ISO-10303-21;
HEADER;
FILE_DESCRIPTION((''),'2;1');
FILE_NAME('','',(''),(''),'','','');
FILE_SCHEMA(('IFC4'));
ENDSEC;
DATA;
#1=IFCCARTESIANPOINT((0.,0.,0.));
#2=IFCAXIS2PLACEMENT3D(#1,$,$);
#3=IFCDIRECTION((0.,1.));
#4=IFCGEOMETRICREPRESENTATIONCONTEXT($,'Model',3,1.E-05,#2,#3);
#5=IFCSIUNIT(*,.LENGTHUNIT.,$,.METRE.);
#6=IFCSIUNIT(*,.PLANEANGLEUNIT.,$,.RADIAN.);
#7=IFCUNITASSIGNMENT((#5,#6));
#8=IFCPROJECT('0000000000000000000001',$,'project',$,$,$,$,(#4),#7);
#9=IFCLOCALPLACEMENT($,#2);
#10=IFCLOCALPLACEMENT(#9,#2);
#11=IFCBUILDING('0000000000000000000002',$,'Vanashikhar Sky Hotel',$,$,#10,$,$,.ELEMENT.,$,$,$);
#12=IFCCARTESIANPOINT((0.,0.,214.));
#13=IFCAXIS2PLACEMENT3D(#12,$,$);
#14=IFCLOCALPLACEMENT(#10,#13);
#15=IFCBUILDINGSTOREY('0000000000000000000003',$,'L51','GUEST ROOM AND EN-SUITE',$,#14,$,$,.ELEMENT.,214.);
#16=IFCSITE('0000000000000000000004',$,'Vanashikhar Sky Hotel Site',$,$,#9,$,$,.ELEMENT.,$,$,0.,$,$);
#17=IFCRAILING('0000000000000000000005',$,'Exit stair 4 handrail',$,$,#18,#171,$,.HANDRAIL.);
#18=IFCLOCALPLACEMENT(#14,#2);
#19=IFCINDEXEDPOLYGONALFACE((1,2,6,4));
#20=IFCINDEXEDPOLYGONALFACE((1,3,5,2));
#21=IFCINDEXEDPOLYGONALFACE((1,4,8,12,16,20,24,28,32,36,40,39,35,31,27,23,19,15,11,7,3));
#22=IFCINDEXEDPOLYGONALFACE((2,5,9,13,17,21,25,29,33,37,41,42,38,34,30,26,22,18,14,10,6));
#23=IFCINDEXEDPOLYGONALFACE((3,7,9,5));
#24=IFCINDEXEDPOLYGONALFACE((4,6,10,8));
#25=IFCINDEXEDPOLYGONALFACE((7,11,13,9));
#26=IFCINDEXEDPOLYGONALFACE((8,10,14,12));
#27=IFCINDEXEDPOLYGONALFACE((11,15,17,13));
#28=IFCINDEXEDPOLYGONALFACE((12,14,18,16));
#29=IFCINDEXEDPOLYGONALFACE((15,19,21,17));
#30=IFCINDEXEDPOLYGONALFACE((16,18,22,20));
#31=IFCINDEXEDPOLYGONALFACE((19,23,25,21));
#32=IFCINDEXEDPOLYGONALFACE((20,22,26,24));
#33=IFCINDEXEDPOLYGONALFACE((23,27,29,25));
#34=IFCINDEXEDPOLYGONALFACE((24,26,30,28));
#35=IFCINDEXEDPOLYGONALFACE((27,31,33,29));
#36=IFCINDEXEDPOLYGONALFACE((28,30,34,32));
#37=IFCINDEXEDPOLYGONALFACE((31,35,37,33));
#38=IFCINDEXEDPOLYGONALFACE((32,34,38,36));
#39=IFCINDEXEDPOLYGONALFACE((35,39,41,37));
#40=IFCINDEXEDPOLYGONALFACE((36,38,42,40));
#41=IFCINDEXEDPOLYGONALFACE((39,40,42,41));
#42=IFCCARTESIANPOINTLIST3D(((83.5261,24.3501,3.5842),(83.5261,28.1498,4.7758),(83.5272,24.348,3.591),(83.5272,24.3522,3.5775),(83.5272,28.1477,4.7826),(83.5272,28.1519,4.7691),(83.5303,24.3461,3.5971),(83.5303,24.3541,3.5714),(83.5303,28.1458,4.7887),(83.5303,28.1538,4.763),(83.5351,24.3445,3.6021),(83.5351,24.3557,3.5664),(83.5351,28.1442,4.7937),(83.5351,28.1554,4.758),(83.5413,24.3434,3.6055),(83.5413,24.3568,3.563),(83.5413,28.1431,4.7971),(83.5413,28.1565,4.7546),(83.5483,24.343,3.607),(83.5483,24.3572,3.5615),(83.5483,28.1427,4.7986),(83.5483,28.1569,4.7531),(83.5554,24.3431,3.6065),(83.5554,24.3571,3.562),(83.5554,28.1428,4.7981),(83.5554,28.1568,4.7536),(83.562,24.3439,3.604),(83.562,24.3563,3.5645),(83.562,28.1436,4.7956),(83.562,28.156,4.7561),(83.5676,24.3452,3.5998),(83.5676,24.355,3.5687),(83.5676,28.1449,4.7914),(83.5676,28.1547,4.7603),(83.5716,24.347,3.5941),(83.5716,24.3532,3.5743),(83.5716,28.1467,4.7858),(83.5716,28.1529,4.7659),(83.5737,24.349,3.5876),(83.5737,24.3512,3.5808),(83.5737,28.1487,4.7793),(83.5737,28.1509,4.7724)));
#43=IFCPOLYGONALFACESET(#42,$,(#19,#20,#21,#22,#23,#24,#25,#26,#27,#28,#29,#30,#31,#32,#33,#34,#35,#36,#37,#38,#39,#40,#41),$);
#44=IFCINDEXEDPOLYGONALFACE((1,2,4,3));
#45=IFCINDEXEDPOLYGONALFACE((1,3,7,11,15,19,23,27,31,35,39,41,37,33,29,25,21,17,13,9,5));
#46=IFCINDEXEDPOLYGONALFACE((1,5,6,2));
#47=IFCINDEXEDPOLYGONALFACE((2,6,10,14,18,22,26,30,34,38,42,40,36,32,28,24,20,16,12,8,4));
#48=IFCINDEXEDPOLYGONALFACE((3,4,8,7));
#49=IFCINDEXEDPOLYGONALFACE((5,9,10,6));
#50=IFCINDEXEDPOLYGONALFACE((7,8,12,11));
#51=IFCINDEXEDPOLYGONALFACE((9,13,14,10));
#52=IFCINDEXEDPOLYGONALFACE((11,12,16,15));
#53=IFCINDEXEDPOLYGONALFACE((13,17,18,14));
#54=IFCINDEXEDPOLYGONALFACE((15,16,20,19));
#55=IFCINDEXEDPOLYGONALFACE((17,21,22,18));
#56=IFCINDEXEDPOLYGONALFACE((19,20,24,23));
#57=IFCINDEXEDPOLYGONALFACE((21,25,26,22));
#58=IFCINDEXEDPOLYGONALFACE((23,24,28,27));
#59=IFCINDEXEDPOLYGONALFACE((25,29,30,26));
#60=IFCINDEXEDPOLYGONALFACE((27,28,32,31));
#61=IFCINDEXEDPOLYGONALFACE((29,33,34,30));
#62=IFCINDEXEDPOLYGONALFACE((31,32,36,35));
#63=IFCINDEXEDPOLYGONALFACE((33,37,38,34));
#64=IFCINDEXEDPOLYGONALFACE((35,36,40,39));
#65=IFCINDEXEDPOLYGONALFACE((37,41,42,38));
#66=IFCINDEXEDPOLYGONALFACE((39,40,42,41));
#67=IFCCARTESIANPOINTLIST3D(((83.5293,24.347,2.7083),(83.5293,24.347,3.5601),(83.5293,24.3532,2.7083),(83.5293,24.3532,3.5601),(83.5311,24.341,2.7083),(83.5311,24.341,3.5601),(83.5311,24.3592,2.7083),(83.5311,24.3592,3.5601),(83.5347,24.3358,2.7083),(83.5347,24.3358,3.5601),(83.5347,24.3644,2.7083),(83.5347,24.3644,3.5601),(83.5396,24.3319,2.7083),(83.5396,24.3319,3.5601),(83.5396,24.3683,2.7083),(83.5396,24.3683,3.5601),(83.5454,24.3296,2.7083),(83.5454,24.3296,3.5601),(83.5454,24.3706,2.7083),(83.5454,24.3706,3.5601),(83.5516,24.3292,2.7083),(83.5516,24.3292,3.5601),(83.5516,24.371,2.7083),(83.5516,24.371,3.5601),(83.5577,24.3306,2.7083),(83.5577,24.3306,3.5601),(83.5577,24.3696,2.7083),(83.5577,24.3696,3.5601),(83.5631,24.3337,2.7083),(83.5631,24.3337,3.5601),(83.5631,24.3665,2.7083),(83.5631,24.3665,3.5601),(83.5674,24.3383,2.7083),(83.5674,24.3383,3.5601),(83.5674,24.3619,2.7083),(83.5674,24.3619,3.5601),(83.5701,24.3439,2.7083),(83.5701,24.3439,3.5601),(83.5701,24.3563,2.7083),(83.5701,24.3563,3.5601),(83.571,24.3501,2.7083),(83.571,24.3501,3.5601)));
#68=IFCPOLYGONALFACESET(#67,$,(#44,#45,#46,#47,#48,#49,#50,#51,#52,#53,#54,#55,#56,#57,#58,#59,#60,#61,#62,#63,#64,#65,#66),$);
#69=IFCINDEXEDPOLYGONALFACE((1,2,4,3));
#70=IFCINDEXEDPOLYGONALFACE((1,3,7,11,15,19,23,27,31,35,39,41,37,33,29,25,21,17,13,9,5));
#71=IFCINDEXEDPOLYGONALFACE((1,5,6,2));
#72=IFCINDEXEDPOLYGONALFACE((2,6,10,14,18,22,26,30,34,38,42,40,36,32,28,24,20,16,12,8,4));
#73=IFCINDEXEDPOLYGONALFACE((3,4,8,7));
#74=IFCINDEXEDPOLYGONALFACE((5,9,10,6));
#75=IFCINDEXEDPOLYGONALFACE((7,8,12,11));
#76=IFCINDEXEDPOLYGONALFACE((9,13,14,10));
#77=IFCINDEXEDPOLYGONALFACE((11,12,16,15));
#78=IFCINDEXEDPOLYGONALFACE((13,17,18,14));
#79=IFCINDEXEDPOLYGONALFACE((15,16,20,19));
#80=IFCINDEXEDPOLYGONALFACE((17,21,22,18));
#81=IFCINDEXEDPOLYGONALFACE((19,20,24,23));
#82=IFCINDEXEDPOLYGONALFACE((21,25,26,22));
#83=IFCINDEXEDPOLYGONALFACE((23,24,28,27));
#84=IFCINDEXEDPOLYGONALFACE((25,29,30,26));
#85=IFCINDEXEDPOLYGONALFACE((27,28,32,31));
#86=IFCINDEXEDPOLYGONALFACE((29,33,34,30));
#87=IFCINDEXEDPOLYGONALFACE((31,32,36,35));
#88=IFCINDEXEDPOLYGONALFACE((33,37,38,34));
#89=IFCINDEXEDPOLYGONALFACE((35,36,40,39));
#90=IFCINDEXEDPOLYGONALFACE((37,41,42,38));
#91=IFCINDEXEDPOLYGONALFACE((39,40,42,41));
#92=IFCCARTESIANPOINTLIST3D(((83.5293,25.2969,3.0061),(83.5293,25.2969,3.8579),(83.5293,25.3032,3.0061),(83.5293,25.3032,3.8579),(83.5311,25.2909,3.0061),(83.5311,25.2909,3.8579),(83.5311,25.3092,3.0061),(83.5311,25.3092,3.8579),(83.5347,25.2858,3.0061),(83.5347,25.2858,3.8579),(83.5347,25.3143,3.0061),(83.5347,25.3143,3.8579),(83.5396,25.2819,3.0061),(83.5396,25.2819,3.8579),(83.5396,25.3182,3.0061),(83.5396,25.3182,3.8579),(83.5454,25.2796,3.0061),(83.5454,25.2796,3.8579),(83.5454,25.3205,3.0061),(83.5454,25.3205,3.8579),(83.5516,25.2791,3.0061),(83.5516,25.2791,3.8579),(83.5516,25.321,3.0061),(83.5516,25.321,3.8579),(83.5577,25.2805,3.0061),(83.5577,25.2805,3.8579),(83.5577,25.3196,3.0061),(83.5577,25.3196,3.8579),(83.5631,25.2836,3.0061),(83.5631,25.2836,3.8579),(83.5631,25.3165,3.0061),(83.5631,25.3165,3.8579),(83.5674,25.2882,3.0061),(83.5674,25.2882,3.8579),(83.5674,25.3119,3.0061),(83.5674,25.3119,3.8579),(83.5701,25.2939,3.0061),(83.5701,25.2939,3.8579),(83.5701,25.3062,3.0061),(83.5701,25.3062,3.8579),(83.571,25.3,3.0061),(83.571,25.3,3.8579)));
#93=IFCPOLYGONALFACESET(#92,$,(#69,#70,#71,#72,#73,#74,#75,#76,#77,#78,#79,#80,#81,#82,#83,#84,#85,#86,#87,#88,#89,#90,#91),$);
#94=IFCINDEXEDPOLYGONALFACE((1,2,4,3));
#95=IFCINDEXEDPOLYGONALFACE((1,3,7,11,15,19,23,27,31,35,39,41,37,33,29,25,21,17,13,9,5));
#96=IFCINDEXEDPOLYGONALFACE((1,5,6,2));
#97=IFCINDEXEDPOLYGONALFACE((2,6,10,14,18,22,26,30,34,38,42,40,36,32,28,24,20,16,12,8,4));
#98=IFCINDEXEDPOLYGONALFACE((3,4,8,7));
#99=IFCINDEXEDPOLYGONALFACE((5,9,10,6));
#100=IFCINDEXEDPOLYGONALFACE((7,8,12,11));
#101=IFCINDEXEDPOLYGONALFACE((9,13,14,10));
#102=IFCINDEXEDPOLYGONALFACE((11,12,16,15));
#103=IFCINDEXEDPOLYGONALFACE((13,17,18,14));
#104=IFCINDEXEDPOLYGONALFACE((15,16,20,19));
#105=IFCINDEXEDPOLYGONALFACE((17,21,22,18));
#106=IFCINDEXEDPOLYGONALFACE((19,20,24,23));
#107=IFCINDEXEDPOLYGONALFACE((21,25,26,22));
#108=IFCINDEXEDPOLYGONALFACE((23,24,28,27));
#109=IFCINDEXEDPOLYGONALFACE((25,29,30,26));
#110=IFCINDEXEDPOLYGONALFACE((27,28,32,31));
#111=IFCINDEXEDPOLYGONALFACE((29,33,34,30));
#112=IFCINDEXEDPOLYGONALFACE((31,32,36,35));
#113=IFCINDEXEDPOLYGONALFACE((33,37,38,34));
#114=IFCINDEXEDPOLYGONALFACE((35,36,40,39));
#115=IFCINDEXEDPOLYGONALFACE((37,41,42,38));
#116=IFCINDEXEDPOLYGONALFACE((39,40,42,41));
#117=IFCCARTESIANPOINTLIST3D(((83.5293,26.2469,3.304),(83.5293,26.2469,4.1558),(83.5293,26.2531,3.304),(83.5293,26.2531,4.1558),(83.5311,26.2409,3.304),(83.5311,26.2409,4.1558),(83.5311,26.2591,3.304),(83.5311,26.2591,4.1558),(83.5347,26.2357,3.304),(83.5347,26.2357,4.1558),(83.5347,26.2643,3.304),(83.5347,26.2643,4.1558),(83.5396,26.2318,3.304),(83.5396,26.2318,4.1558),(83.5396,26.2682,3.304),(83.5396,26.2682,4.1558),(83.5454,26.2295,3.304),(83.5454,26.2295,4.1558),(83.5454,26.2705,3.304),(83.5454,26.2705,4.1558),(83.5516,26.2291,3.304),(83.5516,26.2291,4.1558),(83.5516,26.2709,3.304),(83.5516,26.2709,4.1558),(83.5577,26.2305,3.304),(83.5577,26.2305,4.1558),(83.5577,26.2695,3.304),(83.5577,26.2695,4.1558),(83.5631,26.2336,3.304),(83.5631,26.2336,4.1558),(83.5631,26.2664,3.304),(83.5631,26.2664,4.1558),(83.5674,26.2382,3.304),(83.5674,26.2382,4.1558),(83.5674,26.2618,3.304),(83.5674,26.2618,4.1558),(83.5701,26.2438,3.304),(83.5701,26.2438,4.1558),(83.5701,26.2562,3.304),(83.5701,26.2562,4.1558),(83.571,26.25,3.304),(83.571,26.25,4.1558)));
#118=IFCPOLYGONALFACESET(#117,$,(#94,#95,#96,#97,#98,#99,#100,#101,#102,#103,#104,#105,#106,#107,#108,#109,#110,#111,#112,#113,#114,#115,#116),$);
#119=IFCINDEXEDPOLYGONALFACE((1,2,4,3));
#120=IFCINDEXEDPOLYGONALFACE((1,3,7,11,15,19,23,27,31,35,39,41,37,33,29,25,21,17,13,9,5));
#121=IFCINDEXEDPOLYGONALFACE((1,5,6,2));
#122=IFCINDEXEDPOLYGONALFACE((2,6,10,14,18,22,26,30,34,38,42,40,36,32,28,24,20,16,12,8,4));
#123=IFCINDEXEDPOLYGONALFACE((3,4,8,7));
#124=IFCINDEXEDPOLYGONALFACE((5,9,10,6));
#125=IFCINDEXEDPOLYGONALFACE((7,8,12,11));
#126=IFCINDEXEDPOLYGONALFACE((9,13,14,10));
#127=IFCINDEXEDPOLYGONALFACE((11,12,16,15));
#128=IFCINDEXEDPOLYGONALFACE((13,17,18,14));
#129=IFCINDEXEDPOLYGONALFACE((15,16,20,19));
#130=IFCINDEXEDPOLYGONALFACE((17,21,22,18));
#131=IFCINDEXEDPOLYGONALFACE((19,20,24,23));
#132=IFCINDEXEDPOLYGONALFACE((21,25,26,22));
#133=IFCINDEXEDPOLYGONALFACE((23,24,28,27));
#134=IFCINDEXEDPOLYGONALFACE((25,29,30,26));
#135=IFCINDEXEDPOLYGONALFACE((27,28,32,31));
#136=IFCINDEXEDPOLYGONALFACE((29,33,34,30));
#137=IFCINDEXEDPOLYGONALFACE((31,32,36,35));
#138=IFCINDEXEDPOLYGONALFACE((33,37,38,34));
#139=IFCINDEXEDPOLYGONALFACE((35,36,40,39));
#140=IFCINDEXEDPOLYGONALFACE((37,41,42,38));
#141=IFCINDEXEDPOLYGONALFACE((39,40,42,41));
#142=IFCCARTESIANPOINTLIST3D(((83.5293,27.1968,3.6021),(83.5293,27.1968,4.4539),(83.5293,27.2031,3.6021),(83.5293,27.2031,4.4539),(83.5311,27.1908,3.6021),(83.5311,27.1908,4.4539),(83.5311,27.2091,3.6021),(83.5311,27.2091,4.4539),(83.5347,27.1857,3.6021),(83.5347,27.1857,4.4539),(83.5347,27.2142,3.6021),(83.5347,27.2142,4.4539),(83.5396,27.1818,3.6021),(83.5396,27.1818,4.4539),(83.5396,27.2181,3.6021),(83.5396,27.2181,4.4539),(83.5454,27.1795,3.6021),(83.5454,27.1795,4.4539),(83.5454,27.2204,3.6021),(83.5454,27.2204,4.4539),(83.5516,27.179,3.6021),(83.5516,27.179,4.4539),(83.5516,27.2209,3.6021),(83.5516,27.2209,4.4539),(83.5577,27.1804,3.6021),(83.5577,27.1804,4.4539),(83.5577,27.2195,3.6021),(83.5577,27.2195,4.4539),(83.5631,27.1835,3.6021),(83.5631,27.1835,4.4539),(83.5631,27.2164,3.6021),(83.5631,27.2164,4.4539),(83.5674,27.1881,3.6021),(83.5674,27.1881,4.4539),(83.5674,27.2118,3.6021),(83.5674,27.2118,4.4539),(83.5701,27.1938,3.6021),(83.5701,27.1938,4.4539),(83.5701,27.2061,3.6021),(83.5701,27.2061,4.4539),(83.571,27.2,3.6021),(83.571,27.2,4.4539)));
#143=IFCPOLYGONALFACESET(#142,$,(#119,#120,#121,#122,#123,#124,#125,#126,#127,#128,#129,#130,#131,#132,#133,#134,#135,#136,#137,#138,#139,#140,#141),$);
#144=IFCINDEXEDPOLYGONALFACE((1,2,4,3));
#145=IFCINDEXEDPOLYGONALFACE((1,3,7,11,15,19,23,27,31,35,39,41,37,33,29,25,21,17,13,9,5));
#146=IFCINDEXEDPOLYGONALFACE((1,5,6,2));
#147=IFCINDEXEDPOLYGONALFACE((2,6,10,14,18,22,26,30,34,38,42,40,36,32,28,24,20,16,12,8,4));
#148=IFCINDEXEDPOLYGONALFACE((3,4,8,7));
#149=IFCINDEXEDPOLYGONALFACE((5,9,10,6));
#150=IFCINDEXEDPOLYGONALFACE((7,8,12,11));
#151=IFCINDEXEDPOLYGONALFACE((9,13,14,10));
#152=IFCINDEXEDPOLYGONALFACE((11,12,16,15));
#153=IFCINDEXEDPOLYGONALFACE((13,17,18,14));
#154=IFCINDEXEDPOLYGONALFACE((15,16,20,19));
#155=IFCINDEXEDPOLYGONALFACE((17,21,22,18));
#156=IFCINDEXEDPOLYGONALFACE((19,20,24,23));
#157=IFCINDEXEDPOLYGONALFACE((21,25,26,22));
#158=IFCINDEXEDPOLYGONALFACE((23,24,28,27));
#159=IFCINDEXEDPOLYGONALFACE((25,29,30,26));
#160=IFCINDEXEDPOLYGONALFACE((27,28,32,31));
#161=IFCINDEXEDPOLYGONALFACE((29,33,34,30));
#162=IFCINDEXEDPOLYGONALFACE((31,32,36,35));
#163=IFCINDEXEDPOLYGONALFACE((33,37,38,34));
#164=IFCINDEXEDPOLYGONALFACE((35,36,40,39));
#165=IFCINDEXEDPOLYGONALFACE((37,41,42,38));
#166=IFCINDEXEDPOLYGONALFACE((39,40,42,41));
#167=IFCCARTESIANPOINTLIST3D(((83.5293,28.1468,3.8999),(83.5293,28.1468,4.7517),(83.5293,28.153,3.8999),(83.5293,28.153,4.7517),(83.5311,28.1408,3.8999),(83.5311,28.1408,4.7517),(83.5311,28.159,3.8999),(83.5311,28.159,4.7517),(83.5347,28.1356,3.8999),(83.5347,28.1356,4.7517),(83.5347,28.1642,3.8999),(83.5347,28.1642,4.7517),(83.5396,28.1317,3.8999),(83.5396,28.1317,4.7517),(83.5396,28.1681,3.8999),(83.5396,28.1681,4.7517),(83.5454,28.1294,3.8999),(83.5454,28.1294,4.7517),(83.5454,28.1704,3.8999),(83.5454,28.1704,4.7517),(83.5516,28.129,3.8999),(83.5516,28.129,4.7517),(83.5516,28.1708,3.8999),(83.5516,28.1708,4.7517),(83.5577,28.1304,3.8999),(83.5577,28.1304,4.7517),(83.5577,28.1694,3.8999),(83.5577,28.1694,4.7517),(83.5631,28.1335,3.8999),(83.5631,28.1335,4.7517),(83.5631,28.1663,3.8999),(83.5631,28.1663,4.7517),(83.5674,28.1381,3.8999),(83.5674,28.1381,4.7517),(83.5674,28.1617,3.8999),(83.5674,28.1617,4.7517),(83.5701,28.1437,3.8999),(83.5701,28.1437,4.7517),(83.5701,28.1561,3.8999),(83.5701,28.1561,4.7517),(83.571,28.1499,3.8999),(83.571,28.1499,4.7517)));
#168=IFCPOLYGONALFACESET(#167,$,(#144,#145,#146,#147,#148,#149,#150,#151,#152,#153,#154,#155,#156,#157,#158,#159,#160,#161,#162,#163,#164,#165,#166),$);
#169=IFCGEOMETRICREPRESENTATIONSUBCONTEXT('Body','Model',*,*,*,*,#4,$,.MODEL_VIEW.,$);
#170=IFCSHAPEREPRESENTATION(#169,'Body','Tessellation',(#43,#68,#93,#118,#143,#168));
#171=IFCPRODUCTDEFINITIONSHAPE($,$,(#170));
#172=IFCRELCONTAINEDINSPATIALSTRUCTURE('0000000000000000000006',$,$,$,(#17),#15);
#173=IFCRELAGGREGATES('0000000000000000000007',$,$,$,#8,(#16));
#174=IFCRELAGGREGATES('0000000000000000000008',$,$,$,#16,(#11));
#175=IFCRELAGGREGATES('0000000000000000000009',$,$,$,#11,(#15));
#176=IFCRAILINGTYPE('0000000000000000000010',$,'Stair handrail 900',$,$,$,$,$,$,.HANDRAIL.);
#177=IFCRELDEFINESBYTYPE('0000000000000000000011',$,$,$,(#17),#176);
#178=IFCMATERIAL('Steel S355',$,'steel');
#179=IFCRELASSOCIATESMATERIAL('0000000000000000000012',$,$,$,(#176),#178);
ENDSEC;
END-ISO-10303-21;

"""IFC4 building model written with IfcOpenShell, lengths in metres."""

from ifc_helpers import new_model, si_unit, direction, frame, origin, origin_2d, place, context, subcontext, project, spatial, circle, extrude, source, transform, mapped, material, type_object, element, save


model = new_model("IFC4")

# Units and contexts
model_context = context("Model", 3, precision=1e-05, world=origin(), true_north=direction((0.0, 1.0)))
body_context = subcontext(model_context, "Body", "Model", "MODEL_VIEW")
ifc_project = project(units=[si_unit("LENGTHUNIT", "METRE"), si_unit("PLANEANGLEUNIT", "RADIAN")], contexts=[model_context])

# Site, building, storey
site_placement = place(None, origin())
site = spatial("IfcSite", under=ifc_project, at=site_placement, Name="Vanashikhar Sky Hotel Site", CompositionType="ELEMENT", RefElevation=0.0)
building_placement = place(site_placement, origin())
building = spatial("IfcBuilding", under=site, at=building_placement, Name="Vanashikhar Sky Hotel", CompositionType="ELEMENT")
storey_placement = place(building_placement, frame((0.0, 0.0, 214.0)))
storey = spatial("IfcBuildingStorey", under=building, at=storey_placement, Name="L51", Description="GUEST ROOM AND EN-SUITE", CompositionType="ELEMENT", Elevation=214.0)

# Railing
ifc_material_1 = material(Name="Steel S355", Category="steel")
railing_type_1 = type_object("IfcRailingType", Name="Stair handrail 900", PredefinedType="HANDRAIL", material=ifc_material_1)
shared_shape_1 = source(origin(), body_context, "Body", "SweptSolid", [
    extrude(circle(Radius=0.0239, at=origin_2d()), frame((0.0, 0.0, 0.876), z_axis=(0.0, 0.954178, 0.299238), x_axis=(-1.0, 0.0, 0.0)), (0.0, 0.0, 1.0), 3.9822),
    extrude(circle(Radius=0.021, at=origin_2d()), origin(), (0.0, 0.0, 1.0), 0.8518),
    extrude(circle(Radius=0.021, at=origin_2d()), frame((0.0, 0.95, 0.2979)), (0.0, 0.0, 1.0), 0.8518),
    extrude(circle(Radius=0.021, at=origin_2d()), frame((0.0, 1.8999, 0.5957)), (0.0, 0.0, 1.0), 0.8518),
    extrude(circle(Radius=0.021, at=origin_2d()), frame((0.0, 2.8499, 0.8938)), (0.0, 0.0, 1.0), 0.8518),
    extrude(circle(Radius=0.021, at=origin_2d()), frame((0.0, 3.7998, 1.1917)), (0.0, 0.0, 1.0), 0.8518),
])
for number, where, name in (
    (1, (83.55, 24.3501, 2.7083), "Exit stair 4 handrail"),
):
    element("IfcRailing", number, at=place(storey_placement, frame(where)), inside=storey, type_object=railing_type_1, Name=name, PredefinedType="HANDRAIL", context=body_context, shape_type="MappedRepresentation", body=[
        mapped(shared_shape_1, transform((0.0, 0.0, 0.0), scale=1.0)),
    ])

save(model, "model.ifc")
